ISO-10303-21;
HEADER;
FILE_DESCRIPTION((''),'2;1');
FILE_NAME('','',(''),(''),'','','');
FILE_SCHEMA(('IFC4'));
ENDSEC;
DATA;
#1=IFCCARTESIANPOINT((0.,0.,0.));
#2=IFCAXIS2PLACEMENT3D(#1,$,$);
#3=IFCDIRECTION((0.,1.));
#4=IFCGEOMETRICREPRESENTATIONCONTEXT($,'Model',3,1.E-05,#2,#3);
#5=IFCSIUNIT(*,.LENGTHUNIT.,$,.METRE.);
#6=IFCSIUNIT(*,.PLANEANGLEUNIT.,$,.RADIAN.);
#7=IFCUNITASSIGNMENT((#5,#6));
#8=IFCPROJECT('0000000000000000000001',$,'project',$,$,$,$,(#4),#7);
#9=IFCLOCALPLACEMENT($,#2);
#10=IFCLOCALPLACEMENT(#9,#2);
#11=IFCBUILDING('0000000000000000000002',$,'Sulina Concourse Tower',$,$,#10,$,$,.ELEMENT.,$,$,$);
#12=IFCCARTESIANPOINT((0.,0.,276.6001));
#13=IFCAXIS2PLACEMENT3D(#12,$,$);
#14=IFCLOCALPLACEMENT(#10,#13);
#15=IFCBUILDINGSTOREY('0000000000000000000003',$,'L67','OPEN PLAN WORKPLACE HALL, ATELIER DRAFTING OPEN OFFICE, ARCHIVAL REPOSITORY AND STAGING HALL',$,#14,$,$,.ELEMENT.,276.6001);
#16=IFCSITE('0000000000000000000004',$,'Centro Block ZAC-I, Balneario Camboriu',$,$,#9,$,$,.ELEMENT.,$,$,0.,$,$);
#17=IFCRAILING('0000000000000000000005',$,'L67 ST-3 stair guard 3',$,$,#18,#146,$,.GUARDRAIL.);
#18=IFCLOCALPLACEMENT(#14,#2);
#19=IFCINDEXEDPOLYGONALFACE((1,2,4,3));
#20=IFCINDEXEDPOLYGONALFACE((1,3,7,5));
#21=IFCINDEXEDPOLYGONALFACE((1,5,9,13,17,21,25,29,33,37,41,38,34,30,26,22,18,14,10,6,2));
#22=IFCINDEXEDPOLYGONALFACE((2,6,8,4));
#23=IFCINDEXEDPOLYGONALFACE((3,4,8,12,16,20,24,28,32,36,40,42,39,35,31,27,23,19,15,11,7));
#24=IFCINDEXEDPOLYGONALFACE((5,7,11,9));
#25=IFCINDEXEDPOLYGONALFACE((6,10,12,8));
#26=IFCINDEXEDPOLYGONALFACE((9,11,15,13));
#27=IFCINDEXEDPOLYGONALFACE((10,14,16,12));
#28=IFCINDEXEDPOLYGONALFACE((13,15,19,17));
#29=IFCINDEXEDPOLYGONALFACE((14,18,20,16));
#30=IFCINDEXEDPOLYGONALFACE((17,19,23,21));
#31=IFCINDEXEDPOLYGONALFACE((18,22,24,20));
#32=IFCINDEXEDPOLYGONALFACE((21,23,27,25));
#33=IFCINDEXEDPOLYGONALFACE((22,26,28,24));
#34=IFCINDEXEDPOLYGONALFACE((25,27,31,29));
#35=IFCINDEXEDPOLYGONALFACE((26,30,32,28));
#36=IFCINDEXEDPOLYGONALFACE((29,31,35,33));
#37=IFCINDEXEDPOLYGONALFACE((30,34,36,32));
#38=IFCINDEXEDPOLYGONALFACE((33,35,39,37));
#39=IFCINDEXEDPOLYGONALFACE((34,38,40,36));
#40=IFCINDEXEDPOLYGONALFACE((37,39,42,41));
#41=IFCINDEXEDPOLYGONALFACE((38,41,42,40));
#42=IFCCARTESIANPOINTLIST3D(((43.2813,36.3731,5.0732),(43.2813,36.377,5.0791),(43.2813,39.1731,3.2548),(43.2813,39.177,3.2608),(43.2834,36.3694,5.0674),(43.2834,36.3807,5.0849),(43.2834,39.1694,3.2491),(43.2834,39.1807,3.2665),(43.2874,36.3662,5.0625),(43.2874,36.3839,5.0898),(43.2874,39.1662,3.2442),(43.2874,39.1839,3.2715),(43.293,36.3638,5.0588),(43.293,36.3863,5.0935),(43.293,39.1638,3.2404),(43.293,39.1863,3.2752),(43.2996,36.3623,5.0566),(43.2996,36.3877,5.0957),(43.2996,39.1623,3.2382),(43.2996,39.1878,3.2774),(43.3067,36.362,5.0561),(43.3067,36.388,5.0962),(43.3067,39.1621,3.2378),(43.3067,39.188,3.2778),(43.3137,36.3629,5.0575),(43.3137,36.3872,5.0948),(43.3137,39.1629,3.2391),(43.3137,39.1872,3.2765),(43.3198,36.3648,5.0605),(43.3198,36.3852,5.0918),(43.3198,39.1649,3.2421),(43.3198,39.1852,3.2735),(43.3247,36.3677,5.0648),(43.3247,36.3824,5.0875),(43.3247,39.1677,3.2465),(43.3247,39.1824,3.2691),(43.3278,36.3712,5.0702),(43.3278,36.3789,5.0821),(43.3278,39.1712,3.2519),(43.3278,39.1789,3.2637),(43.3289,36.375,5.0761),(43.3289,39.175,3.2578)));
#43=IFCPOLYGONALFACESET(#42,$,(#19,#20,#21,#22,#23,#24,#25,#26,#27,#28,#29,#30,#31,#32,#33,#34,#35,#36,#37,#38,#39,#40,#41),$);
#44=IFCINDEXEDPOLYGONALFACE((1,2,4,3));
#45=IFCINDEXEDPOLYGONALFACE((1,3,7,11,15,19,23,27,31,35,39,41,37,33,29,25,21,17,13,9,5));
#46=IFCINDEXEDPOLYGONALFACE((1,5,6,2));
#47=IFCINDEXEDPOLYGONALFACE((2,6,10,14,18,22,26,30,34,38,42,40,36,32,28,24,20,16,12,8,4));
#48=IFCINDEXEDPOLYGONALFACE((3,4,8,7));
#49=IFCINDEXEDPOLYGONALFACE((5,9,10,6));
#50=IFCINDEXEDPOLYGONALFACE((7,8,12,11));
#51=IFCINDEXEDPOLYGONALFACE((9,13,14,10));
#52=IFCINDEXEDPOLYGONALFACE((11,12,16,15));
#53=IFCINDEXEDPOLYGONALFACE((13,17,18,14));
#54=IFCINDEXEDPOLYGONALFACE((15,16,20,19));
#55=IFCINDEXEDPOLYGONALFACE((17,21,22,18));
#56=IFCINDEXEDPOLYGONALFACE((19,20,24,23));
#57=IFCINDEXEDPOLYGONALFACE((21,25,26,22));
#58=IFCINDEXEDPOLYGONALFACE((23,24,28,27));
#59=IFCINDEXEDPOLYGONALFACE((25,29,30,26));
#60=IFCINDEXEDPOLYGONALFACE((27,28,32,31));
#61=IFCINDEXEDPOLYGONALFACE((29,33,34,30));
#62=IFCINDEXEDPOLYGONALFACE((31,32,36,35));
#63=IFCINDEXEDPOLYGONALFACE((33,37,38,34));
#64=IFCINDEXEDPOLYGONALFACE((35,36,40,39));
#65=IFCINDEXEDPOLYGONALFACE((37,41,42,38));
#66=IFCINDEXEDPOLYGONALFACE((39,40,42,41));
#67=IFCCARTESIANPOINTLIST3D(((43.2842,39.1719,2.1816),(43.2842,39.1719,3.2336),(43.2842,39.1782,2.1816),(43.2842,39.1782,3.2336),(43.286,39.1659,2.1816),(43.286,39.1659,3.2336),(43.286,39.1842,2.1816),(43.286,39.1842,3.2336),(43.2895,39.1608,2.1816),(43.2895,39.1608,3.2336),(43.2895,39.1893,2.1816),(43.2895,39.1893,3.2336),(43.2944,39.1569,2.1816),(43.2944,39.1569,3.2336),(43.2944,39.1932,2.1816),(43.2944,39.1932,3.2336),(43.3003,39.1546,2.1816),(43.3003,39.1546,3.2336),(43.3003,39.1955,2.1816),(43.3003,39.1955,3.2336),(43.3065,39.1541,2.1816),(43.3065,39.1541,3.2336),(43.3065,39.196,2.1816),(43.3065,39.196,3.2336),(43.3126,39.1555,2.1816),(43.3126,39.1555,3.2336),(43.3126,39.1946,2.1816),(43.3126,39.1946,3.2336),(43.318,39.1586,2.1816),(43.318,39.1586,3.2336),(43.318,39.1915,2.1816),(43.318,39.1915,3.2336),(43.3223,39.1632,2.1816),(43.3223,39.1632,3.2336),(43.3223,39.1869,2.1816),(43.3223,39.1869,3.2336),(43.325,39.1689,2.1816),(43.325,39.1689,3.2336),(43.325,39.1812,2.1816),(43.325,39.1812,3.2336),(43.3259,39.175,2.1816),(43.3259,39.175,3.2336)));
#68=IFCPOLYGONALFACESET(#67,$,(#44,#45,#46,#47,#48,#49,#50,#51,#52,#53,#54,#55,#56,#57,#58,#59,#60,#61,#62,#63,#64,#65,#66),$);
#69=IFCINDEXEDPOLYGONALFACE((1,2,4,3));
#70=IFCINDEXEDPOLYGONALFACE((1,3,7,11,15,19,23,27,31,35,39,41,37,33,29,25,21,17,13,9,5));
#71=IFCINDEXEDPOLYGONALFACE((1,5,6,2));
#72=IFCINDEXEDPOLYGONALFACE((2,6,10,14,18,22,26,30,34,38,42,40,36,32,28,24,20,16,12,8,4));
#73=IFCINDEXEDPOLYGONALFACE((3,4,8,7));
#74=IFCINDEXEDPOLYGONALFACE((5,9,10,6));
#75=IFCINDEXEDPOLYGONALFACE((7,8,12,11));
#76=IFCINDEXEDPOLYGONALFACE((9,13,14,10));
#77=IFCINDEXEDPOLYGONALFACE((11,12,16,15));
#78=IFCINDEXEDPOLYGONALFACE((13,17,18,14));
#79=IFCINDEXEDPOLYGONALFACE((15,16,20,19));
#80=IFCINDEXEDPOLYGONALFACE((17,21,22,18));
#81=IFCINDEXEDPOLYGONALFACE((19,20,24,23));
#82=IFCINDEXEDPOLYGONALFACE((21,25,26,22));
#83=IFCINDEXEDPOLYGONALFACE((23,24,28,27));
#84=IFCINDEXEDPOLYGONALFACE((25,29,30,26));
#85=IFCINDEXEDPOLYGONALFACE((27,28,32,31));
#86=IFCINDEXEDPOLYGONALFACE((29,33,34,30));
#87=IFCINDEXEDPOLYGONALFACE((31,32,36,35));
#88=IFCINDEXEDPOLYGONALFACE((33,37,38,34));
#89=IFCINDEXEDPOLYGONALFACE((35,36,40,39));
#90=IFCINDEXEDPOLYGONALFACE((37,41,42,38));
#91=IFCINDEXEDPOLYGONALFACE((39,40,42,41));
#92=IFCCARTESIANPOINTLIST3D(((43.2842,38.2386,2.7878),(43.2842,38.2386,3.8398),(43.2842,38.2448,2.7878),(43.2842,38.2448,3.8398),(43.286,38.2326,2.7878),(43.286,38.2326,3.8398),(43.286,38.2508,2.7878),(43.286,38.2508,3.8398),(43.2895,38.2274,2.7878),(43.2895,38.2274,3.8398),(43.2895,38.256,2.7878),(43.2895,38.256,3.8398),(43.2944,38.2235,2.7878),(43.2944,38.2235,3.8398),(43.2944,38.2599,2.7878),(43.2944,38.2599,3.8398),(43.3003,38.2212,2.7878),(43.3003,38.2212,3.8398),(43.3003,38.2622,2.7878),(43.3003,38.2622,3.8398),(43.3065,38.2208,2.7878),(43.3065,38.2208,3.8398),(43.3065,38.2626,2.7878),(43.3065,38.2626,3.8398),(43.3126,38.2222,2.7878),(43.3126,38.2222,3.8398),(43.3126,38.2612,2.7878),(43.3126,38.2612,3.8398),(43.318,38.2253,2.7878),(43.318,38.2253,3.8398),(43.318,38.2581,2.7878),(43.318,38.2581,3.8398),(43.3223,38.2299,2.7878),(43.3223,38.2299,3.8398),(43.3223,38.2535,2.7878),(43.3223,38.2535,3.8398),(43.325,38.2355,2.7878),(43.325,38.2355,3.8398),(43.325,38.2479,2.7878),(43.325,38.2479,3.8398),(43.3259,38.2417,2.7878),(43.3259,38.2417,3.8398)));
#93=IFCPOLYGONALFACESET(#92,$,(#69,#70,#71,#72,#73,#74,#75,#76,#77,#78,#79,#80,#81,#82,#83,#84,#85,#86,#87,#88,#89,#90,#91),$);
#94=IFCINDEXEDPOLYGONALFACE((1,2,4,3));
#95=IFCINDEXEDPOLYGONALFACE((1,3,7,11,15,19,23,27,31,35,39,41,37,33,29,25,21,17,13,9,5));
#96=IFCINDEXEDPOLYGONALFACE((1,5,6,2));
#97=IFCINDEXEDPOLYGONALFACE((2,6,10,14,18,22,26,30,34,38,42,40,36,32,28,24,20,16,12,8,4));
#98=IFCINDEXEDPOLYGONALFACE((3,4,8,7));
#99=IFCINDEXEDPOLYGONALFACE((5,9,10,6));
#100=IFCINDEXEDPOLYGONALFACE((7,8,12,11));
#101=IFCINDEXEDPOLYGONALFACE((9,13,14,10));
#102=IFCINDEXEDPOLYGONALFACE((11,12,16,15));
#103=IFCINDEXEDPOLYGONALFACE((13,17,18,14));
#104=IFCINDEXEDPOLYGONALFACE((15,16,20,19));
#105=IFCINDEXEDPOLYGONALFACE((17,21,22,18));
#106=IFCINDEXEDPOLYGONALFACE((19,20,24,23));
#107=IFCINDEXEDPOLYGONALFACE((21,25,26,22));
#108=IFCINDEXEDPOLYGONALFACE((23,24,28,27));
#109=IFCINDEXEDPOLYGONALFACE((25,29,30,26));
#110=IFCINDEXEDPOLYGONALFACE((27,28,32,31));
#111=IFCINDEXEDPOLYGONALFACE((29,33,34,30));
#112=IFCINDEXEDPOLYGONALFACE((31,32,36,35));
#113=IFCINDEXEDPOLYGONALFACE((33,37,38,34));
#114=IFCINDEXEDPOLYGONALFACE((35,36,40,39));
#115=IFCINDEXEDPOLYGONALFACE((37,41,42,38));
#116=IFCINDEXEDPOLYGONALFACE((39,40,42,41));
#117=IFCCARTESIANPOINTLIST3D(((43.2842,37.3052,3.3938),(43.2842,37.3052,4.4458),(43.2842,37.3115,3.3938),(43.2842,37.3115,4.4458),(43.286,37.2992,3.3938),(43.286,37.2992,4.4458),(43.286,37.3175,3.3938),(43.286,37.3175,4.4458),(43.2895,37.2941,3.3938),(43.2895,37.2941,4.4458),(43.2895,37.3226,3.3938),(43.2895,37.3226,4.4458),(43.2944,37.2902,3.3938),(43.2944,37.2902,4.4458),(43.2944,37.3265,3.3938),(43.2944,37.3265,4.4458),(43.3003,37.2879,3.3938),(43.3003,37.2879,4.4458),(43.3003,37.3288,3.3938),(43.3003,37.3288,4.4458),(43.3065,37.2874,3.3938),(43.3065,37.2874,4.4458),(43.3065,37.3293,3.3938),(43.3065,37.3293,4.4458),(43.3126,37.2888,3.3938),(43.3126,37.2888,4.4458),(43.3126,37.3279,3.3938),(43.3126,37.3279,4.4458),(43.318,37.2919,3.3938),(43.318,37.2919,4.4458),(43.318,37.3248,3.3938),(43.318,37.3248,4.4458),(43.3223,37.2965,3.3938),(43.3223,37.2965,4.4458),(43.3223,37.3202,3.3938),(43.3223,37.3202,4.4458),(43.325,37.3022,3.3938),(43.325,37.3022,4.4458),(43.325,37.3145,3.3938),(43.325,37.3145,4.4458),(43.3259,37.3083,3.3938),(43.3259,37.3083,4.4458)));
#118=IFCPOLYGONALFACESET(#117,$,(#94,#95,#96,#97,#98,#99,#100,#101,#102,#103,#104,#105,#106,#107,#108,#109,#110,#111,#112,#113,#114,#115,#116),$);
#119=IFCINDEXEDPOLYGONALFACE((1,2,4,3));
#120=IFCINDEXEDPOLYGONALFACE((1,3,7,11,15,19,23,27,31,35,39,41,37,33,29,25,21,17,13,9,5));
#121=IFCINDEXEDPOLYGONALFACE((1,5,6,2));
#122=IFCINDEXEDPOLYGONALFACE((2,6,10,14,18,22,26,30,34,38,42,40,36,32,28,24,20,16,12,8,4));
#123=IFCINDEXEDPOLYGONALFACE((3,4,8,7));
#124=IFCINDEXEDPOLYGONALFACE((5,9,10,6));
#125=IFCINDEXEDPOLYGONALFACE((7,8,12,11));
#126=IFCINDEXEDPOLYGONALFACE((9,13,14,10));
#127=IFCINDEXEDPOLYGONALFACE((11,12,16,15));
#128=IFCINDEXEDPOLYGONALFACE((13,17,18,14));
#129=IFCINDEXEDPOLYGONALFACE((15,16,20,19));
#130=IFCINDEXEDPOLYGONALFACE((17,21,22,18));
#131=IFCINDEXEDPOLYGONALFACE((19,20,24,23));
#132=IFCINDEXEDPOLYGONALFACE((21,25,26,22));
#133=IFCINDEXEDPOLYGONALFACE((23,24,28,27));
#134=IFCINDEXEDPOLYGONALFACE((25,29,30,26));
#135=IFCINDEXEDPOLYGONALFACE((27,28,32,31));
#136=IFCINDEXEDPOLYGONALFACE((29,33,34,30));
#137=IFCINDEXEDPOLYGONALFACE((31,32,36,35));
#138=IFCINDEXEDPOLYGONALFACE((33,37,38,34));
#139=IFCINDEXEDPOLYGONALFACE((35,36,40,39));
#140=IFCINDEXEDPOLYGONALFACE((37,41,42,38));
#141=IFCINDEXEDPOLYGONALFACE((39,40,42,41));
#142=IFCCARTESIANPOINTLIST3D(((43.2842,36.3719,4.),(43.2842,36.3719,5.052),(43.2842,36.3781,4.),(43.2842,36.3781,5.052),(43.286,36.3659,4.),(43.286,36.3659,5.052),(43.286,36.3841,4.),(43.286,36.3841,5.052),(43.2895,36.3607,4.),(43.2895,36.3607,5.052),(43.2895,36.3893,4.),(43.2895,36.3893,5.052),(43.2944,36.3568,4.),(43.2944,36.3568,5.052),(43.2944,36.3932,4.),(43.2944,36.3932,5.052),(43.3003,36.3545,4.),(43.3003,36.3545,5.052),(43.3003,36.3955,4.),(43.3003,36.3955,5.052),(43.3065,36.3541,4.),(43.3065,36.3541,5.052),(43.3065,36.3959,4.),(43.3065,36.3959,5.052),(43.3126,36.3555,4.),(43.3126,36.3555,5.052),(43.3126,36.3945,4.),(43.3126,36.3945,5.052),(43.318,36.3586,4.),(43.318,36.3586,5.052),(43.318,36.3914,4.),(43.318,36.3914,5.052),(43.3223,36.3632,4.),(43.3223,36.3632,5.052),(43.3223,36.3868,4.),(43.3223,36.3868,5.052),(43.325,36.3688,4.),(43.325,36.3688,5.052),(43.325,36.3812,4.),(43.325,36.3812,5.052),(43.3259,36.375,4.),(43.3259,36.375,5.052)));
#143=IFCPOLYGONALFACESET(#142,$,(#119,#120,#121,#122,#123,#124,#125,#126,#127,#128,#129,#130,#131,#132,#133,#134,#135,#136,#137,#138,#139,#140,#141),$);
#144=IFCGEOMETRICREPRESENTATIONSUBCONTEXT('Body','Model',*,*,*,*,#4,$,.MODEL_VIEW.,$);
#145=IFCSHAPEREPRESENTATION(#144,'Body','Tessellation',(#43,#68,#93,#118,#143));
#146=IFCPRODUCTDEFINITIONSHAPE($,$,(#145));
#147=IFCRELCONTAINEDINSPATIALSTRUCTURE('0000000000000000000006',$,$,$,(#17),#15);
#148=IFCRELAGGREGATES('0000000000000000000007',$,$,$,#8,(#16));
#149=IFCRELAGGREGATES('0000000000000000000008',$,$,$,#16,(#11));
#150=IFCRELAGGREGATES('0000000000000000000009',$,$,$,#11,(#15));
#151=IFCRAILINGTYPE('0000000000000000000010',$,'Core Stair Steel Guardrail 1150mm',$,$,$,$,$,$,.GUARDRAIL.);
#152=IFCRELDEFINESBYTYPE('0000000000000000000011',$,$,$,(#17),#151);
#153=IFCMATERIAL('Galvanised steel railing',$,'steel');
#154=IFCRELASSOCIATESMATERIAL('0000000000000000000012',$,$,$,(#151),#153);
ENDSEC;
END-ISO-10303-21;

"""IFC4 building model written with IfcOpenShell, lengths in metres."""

from ifc_helpers import new_model, si_unit, direction, frame, origin, origin_2d, place, context, subcontext, project, spatial, circle, extrude, material, type_object, element, save


model = new_model("IFC4")

# Units and contexts
model_context = context("Model", 3, precision=1e-05, world=origin(), true_north=direction((0.0, 1.0)))
body_context = subcontext(model_context, "Body", "Model", "MODEL_VIEW")
ifc_project = project(units=[si_unit("LENGTHUNIT", "METRE"), si_unit("PLANEANGLEUNIT", "RADIAN")], contexts=[model_context])

# Site, building, storey
site_placement = place(None, origin())
site = spatial("IfcSite", under=ifc_project, at=site_placement, Name="Centro Block ZAC-I, Balneario Camboriu", CompositionType="ELEMENT", RefElevation=0.0)
building_placement = place(site_placement, origin())
building = spatial("IfcBuilding", under=site, at=building_placement, Name="Sulina Concourse Tower", CompositionType="ELEMENT")
storey_placement = place(building_placement, frame((0.0, 0.0, 276.6001)))
storey = spatial("IfcBuildingStorey", under=building, at=storey_placement, Name="L67", Description="OPEN PLAN WORKPLACE HALL, ATELIER DRAFTING OPEN OFFICE, ARCHIVAL REPOSITORY AND STAGING HALL", CompositionType="ELEMENT", Elevation=276.6001)

# Railing
ifc_material_1 = material(Name="Galvanised steel railing", Category="steel")
railing_type_1 = type_object("IfcRailingType", Name="Core Stair Steel Guardrail 1150mm", PredefinedType="GUARDRAIL", material=ifc_material_1)
railing_1_placement = place(storey_placement, frame((43.3049, 39.175, 2.1816)))
element("IfcRailing", 1, at=railing_1_placement, inside=storey, type_object=railing_type_1, Name="L67 ST-3 stair guard 3", PredefinedType="GUARDRAIL", context=body_context, shape_type="SweptSolid", body=[
    extrude(circle(Radius=0.0239, at=origin_2d()), frame((0.0, 0.0, 1.0762), z_axis=(0.0, -0.838672, 0.544636), x_axis=(1.0, 0.0, 0.0)), (0.0, 0.0, 1.0), 3.3386),
    extrude(circle(Radius=0.021, at=origin_2d()), origin(), (0.0, 0.0, 1.0), 1.052),
    extrude(circle(Radius=0.021, at=origin_2d()), frame((0.0, -0.9333, 0.6062)), (0.0, 0.0, 1.0), 1.052),
    extrude(circle(Radius=0.021, at=origin_2d()), frame((0.0, -1.8667, 1.2122)), (0.0, 0.0, 1.0), 1.052),
    extrude(circle(Radius=0.021, at=origin_2d()), frame((0.0, -2.8, 1.8184)), (0.0, 0.0, 1.0), 1.052),
])

save(model, "model.ifc")
